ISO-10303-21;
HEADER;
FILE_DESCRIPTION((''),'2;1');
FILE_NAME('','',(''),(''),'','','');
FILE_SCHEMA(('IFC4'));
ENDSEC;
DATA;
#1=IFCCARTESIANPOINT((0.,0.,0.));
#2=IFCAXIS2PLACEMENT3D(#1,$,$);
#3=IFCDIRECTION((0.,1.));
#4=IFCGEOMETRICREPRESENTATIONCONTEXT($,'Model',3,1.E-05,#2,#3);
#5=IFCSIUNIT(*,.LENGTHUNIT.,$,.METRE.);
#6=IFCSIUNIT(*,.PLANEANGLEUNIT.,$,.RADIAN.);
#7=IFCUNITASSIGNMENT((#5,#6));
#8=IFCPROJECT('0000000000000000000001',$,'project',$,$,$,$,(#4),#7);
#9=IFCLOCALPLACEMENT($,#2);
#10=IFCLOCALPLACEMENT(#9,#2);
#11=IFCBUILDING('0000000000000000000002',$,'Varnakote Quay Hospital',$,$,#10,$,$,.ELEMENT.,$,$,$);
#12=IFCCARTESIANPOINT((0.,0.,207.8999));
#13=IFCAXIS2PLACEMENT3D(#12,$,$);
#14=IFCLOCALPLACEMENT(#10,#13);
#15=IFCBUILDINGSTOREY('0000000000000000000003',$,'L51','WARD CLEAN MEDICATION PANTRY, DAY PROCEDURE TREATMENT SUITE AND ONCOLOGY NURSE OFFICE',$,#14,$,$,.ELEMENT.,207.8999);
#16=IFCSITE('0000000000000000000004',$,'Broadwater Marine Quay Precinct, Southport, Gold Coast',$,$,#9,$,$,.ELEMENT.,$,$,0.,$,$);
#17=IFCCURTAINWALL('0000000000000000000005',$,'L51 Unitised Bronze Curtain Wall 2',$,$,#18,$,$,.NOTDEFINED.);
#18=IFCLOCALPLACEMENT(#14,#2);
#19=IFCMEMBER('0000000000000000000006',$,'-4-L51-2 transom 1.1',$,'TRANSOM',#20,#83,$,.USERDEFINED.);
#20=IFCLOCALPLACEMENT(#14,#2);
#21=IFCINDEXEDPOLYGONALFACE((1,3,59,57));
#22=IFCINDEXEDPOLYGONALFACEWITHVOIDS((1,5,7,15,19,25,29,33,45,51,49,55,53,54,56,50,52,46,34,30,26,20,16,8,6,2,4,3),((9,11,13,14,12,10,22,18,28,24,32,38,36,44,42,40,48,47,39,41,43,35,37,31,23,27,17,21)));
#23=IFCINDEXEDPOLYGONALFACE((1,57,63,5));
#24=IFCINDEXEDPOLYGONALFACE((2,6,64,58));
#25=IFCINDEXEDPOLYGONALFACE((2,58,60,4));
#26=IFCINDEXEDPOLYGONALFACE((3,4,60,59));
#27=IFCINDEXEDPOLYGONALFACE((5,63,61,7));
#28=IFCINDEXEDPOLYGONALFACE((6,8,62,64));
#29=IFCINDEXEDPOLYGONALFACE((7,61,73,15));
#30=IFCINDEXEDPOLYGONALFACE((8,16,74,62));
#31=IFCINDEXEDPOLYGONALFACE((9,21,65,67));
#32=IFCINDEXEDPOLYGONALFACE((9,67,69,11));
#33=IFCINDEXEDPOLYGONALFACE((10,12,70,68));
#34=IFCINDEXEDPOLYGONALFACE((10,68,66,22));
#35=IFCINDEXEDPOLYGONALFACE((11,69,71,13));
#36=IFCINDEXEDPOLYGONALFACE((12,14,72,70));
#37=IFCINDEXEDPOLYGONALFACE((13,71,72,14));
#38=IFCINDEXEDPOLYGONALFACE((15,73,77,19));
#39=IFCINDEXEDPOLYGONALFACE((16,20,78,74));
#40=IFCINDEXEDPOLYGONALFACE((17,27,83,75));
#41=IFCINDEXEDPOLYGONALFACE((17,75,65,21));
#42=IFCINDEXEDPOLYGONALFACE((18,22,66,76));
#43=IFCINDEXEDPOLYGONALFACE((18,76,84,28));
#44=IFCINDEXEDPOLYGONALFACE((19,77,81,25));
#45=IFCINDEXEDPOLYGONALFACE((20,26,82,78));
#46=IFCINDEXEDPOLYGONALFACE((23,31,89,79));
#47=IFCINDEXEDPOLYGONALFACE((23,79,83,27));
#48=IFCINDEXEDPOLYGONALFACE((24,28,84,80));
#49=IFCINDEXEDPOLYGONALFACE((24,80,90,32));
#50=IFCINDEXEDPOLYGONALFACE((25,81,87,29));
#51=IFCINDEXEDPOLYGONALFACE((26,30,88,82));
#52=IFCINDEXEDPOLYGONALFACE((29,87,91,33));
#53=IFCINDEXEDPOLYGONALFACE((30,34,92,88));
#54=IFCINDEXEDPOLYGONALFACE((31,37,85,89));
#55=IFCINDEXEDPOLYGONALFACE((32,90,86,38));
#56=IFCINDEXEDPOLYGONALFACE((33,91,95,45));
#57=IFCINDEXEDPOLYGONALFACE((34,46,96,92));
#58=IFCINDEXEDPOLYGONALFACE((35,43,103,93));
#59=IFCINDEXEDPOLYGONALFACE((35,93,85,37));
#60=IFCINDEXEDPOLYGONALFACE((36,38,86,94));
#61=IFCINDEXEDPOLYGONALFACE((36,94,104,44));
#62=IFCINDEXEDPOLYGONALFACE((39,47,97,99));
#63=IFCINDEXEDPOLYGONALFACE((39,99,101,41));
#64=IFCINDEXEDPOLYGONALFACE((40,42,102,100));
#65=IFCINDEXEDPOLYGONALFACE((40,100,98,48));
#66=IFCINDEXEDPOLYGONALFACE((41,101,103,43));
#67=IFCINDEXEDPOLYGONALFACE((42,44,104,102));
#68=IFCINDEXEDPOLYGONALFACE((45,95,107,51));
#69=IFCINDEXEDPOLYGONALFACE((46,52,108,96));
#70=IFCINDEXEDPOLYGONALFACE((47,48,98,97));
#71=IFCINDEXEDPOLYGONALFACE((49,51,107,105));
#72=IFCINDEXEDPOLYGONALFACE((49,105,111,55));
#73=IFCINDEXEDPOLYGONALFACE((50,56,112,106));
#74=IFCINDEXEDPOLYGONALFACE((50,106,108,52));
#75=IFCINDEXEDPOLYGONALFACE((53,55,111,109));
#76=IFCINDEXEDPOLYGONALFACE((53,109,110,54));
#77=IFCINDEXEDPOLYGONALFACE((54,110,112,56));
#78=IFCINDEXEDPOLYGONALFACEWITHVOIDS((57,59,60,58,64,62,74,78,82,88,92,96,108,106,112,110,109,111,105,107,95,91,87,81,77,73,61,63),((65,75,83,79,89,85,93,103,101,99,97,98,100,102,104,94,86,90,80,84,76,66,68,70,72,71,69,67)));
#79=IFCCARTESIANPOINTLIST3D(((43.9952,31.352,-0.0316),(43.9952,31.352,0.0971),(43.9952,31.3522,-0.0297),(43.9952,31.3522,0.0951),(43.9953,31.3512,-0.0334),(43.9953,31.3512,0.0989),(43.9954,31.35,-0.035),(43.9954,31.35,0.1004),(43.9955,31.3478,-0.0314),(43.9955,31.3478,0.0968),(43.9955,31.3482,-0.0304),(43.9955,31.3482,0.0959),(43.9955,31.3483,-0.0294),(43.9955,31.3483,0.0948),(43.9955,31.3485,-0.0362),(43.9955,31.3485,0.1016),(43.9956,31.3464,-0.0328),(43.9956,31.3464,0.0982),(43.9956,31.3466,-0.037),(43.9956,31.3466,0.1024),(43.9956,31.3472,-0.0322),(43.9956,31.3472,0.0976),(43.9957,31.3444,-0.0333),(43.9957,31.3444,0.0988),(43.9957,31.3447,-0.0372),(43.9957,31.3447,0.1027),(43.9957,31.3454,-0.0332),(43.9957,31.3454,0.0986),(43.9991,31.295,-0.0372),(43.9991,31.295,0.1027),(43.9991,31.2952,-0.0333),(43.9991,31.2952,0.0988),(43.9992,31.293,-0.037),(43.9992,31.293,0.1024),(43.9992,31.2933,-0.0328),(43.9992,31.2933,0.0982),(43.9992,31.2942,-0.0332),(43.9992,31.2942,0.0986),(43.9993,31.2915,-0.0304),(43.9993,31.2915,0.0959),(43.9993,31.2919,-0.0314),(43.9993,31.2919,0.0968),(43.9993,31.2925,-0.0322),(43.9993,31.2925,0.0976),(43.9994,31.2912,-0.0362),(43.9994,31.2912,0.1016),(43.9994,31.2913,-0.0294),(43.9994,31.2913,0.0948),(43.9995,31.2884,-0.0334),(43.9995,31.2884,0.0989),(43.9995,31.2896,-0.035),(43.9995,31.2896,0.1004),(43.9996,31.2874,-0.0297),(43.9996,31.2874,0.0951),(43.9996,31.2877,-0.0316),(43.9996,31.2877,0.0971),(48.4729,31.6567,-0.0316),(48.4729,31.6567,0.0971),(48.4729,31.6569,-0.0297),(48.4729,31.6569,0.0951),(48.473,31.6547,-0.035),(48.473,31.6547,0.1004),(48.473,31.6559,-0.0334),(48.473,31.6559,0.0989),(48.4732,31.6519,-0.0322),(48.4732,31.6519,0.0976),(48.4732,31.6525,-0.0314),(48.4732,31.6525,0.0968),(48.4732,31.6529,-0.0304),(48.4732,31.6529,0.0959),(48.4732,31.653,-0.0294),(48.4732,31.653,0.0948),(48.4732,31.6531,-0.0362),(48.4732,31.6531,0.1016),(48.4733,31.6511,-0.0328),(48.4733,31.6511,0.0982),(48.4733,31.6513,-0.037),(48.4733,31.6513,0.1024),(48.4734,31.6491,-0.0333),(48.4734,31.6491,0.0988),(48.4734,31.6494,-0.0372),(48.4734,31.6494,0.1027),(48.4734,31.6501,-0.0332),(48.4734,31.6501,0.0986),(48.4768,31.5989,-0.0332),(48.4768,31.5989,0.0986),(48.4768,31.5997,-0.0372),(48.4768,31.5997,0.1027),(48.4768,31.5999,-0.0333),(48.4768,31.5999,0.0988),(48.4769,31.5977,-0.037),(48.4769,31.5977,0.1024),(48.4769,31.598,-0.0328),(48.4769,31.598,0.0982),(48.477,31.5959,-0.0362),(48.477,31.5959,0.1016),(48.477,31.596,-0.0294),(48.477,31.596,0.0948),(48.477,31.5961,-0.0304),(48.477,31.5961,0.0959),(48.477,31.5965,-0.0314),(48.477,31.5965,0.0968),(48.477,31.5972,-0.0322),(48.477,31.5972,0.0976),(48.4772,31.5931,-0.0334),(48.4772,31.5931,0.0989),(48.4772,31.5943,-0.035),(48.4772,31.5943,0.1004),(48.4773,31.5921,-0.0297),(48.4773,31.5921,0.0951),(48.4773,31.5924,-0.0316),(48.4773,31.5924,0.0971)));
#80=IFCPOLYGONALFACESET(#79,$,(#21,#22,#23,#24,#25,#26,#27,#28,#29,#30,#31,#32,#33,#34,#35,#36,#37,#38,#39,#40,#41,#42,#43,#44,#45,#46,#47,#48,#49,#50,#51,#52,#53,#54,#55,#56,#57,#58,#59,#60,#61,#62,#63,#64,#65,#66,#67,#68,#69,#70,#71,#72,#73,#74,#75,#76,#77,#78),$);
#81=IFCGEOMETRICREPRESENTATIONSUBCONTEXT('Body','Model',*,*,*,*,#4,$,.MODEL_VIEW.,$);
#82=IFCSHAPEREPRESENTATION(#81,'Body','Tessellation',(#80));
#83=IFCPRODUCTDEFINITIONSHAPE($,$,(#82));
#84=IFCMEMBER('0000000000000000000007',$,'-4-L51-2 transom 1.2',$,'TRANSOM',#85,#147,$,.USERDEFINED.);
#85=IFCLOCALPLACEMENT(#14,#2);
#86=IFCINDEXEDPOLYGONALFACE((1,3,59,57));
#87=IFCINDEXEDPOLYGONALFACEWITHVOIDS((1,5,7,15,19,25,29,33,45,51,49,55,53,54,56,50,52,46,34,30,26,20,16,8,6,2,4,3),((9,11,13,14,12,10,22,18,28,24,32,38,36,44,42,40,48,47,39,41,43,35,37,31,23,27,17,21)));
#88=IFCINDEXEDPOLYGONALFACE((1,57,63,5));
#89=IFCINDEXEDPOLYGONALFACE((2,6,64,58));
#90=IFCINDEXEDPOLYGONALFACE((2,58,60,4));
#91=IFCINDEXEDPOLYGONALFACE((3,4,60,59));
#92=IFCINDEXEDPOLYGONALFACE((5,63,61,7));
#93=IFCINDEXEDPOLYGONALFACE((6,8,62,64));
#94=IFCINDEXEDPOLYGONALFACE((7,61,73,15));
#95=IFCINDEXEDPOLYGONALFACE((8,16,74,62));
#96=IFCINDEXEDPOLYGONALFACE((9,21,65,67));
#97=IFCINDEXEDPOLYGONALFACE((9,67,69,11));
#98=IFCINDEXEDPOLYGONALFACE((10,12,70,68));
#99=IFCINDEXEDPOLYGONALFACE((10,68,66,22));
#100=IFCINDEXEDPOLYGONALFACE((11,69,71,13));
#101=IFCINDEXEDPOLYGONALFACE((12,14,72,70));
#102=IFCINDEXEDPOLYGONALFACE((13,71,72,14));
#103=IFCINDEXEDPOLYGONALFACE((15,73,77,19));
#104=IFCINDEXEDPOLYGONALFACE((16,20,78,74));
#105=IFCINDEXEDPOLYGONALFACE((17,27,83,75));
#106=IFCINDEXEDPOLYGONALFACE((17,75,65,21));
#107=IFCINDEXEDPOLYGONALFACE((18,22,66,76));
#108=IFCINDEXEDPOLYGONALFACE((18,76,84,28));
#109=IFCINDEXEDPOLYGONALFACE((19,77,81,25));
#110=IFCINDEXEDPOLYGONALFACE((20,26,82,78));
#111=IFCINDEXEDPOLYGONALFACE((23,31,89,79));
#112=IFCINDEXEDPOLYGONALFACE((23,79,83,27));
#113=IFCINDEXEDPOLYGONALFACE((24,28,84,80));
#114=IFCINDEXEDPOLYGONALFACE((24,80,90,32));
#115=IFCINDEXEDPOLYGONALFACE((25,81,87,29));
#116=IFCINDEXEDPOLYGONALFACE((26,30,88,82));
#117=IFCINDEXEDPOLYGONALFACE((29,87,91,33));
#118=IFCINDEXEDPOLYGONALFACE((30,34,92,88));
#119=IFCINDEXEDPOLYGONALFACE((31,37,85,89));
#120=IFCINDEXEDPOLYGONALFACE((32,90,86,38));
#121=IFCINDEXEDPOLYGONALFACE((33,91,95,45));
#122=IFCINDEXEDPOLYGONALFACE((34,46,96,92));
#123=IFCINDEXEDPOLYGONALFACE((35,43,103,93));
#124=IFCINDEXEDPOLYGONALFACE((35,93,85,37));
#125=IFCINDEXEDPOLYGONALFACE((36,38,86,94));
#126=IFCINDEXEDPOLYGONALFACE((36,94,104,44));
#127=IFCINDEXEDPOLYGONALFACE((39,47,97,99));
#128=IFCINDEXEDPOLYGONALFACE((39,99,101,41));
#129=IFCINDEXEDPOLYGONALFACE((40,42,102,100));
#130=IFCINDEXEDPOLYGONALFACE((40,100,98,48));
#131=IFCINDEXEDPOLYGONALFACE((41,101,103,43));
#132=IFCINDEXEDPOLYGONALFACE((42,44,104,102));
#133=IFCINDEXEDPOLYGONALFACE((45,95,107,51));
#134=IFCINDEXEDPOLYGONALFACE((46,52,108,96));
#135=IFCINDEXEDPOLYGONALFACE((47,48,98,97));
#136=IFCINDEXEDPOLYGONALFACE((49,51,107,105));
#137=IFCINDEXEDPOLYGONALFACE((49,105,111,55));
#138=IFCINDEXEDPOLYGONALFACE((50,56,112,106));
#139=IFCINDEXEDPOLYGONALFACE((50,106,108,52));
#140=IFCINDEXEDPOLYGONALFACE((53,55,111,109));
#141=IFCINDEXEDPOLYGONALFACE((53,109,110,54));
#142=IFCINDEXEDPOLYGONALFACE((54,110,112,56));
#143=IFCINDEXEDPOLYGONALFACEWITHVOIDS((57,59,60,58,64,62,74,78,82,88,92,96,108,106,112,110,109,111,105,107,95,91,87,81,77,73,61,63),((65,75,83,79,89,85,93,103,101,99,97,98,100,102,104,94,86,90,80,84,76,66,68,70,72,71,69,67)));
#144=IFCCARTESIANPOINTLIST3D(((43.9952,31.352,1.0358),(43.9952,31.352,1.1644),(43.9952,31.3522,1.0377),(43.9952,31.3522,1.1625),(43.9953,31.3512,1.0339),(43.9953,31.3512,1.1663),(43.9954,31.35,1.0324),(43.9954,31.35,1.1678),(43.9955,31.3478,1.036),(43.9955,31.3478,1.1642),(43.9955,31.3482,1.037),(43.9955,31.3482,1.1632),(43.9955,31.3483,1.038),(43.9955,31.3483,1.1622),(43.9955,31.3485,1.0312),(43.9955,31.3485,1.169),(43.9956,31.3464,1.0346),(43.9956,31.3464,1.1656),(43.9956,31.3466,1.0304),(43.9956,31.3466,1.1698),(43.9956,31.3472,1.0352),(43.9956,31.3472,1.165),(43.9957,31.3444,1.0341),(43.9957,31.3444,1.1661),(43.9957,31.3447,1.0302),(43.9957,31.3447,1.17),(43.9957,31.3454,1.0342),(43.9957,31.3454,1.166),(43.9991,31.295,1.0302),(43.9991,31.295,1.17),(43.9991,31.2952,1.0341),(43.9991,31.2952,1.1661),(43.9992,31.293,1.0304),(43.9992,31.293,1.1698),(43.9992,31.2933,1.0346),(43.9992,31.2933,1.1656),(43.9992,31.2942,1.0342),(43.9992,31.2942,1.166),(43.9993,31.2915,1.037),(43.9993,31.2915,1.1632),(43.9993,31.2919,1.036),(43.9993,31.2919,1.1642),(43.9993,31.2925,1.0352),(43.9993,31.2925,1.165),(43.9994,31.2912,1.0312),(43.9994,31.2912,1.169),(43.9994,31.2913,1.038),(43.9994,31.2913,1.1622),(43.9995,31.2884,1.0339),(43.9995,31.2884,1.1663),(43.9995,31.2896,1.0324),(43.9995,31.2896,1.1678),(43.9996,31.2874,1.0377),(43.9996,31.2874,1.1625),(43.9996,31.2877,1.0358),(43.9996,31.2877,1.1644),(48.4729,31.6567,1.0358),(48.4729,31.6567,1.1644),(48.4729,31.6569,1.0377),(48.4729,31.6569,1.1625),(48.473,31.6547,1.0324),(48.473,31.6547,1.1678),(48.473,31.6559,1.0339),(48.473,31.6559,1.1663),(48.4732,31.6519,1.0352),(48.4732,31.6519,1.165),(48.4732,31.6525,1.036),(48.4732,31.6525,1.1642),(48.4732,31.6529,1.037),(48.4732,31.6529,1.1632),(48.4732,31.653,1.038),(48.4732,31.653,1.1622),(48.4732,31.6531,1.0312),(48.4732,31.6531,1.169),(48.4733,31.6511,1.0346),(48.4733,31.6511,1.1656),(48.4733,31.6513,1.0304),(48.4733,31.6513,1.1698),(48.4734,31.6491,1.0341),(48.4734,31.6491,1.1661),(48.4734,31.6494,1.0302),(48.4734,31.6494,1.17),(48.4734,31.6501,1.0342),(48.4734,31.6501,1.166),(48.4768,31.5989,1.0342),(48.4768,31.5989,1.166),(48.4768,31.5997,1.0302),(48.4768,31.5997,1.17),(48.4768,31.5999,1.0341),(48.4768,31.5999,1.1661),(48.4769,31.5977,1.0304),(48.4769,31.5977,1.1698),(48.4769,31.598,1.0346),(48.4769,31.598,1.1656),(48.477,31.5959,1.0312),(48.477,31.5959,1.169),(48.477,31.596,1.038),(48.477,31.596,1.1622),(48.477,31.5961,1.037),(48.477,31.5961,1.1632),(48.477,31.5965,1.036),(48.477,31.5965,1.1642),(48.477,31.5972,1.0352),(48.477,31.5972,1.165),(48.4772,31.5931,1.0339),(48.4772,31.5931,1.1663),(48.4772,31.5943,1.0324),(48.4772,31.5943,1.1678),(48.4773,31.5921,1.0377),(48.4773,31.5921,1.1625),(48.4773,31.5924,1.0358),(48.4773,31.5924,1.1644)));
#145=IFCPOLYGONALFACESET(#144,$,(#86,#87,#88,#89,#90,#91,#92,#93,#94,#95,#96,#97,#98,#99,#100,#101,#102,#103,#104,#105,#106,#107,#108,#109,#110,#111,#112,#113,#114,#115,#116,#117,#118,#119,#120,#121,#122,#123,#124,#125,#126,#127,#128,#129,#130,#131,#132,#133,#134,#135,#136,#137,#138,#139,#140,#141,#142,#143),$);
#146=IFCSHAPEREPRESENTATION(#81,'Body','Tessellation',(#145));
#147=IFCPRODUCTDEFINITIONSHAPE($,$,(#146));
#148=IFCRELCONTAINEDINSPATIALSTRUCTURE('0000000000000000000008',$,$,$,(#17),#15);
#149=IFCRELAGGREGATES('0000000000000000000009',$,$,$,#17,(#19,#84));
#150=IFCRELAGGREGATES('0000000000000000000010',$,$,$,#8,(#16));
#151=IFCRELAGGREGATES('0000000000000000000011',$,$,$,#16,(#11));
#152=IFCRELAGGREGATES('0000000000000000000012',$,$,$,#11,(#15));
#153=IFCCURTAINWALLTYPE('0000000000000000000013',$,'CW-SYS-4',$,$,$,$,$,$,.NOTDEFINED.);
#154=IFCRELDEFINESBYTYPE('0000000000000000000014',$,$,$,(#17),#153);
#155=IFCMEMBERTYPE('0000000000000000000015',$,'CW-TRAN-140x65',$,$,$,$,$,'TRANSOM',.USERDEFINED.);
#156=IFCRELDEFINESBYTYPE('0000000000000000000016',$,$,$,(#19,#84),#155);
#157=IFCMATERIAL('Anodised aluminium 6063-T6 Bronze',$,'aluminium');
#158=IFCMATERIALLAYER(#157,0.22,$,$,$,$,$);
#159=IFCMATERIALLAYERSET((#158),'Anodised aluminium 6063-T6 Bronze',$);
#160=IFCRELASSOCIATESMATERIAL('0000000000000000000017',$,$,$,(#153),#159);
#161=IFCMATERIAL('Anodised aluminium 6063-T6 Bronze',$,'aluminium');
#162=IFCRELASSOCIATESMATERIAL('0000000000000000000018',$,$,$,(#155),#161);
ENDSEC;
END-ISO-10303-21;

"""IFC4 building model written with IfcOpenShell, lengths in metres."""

from ifc_helpers import new_model, si_unit, direction, frame, origin, origin_2d, place, context, subcontext, project, spatial, hollow_rectangle, extrude, material, layer, layer_set, material_profile, profile_set, type_object, element, aggregate, save


model = new_model("IFC4")

# Units and contexts
model_context = context("Model", 3, precision=1e-05, world=origin(), true_north=direction((0.0, 1.0)))
body_context = subcontext(model_context, "Body", "Model", "MODEL_VIEW")
ifc_project = project(units=[si_unit("LENGTHUNIT", "METRE"), si_unit("PLANEANGLEUNIT", "RADIAN")], contexts=[model_context])

# Site, building, storey
site_placement = place(None, origin())
site = spatial("IfcSite", under=ifc_project, at=site_placement, Name="Broadwater Marine Quay Precinct, Southport, Gold Coast", CompositionType="ELEMENT", RefElevation=0.0)
building_placement = place(site_placement, origin())
building = spatial("IfcBuilding", under=site, at=building_placement, Name="Varnakote Quay Hospital", CompositionType="ELEMENT")
storey_placement = place(building_placement, frame((0.0, 0.0, 207.8999)))
storey = spatial("IfcBuildingStorey", under=building, at=storey_placement, Name="L51", Description="WARD CLEAN MEDICATION PANTRY, DAY PROCEDURE TREATMENT SUITE AND ONCOLOGY NURSE OFFICE", CompositionType="ELEMENT", Elevation=207.8999)

# Curtain wall
ifc_material_1 = material(Name="Anodised aluminium 6063-T6 Bronze", Category="aluminium")
ifc_layer_1 = layer(ifc_material_1, 0.22)
ifc_layer_set_1 = layer_set([ifc_layer_1], Name="Anodised aluminium 6063-T6 Bronze")
curtain_wall_type = type_object("IfcCurtainWallType", Name="CW-SYS-4", PredefinedType="NOTDEFINED", material=ifc_layer_set_1)
curtain_wall_1_placement = place(storey_placement, origin())
curtain_wall_1 = element("IfcCurtainWall", 1, at=curtain_wall_1_placement, inside=storey, type_object=curtain_wall_type, Name="L51 Unitised Bronze Curtain Wall 2", PredefinedType="NOTDEFINED")

# Members
ifc_material_2 = material(Name="Anodised aluminium 6063-T6 Bronze", Category="aluminium")
ifc_material_profile_1 = material_profile(ifc_material_2, hollow_rectangle(XDim=0.0649, YDim=0.1399, WallThickness=0.0039, InnerFilletRadius=0.0039, OuterFilletRadius=0.0076, at=origin_2d()), Name="CW-TRAN-140x65")
ifc_profile_set_1 = profile_set([ifc_material_profile_1], Name="Anodised aluminium 6063-T6 Bronze")
member_type_1 = type_object("IfcMemberType", Name="CW-TRAN-140x65", ElementType="TRANSOM", PredefinedType="USERDEFINED", material=ifc_profile_set_1)
member_1_placement = place(storey_placement, frame((48.4751, 31.6245, 0.0327), z_axis=(-0.997693, -0.067887, 0.0), x_axis=(0.067887, -0.997693, 0.0)))
member_1 = element("IfcMember", 2, at=member_1_placement, type_object=member_type_1, Name="-4-L51-2 transom 1.1", ObjectType="TRANSOM", PredefinedType="USERDEFINED", context=body_context, shape_type="SweptSolid", body=[
    extrude(hollow_rectangle(XDim=0.0649, YDim=0.1399, WallThickness=0.0039, InnerFilletRadius=0.0039, OuterFilletRadius=0.0076, at=origin_2d()), origin(), (0.0, 0.0, 1.0), 4.488),
])
member_2_placement = place(storey_placement, frame((48.4751, 31.6245, 1.1001), z_axis=(-0.997693, -0.067887, 0.0), x_axis=(0.067887, -0.997693, 0.0)))
member_2 = element("IfcMember", 3, at=member_2_placement, type_object=member_type_1, Name="-4-L51-2 transom 1.2", ObjectType="TRANSOM", PredefinedType="USERDEFINED", context=body_context, shape_type="SweptSolid", body=[
    extrude(hollow_rectangle(XDim=0.0649, YDim=0.1399, WallThickness=0.0039, InnerFilletRadius=0.0039, OuterFilletRadius=0.0076, at=origin_2d()), origin(), (0.0, 0.0, 1.0), 4.488),
])

aggregate(curtain_wall_1, [member_1, member_2])

save(model, "model.ifc")
